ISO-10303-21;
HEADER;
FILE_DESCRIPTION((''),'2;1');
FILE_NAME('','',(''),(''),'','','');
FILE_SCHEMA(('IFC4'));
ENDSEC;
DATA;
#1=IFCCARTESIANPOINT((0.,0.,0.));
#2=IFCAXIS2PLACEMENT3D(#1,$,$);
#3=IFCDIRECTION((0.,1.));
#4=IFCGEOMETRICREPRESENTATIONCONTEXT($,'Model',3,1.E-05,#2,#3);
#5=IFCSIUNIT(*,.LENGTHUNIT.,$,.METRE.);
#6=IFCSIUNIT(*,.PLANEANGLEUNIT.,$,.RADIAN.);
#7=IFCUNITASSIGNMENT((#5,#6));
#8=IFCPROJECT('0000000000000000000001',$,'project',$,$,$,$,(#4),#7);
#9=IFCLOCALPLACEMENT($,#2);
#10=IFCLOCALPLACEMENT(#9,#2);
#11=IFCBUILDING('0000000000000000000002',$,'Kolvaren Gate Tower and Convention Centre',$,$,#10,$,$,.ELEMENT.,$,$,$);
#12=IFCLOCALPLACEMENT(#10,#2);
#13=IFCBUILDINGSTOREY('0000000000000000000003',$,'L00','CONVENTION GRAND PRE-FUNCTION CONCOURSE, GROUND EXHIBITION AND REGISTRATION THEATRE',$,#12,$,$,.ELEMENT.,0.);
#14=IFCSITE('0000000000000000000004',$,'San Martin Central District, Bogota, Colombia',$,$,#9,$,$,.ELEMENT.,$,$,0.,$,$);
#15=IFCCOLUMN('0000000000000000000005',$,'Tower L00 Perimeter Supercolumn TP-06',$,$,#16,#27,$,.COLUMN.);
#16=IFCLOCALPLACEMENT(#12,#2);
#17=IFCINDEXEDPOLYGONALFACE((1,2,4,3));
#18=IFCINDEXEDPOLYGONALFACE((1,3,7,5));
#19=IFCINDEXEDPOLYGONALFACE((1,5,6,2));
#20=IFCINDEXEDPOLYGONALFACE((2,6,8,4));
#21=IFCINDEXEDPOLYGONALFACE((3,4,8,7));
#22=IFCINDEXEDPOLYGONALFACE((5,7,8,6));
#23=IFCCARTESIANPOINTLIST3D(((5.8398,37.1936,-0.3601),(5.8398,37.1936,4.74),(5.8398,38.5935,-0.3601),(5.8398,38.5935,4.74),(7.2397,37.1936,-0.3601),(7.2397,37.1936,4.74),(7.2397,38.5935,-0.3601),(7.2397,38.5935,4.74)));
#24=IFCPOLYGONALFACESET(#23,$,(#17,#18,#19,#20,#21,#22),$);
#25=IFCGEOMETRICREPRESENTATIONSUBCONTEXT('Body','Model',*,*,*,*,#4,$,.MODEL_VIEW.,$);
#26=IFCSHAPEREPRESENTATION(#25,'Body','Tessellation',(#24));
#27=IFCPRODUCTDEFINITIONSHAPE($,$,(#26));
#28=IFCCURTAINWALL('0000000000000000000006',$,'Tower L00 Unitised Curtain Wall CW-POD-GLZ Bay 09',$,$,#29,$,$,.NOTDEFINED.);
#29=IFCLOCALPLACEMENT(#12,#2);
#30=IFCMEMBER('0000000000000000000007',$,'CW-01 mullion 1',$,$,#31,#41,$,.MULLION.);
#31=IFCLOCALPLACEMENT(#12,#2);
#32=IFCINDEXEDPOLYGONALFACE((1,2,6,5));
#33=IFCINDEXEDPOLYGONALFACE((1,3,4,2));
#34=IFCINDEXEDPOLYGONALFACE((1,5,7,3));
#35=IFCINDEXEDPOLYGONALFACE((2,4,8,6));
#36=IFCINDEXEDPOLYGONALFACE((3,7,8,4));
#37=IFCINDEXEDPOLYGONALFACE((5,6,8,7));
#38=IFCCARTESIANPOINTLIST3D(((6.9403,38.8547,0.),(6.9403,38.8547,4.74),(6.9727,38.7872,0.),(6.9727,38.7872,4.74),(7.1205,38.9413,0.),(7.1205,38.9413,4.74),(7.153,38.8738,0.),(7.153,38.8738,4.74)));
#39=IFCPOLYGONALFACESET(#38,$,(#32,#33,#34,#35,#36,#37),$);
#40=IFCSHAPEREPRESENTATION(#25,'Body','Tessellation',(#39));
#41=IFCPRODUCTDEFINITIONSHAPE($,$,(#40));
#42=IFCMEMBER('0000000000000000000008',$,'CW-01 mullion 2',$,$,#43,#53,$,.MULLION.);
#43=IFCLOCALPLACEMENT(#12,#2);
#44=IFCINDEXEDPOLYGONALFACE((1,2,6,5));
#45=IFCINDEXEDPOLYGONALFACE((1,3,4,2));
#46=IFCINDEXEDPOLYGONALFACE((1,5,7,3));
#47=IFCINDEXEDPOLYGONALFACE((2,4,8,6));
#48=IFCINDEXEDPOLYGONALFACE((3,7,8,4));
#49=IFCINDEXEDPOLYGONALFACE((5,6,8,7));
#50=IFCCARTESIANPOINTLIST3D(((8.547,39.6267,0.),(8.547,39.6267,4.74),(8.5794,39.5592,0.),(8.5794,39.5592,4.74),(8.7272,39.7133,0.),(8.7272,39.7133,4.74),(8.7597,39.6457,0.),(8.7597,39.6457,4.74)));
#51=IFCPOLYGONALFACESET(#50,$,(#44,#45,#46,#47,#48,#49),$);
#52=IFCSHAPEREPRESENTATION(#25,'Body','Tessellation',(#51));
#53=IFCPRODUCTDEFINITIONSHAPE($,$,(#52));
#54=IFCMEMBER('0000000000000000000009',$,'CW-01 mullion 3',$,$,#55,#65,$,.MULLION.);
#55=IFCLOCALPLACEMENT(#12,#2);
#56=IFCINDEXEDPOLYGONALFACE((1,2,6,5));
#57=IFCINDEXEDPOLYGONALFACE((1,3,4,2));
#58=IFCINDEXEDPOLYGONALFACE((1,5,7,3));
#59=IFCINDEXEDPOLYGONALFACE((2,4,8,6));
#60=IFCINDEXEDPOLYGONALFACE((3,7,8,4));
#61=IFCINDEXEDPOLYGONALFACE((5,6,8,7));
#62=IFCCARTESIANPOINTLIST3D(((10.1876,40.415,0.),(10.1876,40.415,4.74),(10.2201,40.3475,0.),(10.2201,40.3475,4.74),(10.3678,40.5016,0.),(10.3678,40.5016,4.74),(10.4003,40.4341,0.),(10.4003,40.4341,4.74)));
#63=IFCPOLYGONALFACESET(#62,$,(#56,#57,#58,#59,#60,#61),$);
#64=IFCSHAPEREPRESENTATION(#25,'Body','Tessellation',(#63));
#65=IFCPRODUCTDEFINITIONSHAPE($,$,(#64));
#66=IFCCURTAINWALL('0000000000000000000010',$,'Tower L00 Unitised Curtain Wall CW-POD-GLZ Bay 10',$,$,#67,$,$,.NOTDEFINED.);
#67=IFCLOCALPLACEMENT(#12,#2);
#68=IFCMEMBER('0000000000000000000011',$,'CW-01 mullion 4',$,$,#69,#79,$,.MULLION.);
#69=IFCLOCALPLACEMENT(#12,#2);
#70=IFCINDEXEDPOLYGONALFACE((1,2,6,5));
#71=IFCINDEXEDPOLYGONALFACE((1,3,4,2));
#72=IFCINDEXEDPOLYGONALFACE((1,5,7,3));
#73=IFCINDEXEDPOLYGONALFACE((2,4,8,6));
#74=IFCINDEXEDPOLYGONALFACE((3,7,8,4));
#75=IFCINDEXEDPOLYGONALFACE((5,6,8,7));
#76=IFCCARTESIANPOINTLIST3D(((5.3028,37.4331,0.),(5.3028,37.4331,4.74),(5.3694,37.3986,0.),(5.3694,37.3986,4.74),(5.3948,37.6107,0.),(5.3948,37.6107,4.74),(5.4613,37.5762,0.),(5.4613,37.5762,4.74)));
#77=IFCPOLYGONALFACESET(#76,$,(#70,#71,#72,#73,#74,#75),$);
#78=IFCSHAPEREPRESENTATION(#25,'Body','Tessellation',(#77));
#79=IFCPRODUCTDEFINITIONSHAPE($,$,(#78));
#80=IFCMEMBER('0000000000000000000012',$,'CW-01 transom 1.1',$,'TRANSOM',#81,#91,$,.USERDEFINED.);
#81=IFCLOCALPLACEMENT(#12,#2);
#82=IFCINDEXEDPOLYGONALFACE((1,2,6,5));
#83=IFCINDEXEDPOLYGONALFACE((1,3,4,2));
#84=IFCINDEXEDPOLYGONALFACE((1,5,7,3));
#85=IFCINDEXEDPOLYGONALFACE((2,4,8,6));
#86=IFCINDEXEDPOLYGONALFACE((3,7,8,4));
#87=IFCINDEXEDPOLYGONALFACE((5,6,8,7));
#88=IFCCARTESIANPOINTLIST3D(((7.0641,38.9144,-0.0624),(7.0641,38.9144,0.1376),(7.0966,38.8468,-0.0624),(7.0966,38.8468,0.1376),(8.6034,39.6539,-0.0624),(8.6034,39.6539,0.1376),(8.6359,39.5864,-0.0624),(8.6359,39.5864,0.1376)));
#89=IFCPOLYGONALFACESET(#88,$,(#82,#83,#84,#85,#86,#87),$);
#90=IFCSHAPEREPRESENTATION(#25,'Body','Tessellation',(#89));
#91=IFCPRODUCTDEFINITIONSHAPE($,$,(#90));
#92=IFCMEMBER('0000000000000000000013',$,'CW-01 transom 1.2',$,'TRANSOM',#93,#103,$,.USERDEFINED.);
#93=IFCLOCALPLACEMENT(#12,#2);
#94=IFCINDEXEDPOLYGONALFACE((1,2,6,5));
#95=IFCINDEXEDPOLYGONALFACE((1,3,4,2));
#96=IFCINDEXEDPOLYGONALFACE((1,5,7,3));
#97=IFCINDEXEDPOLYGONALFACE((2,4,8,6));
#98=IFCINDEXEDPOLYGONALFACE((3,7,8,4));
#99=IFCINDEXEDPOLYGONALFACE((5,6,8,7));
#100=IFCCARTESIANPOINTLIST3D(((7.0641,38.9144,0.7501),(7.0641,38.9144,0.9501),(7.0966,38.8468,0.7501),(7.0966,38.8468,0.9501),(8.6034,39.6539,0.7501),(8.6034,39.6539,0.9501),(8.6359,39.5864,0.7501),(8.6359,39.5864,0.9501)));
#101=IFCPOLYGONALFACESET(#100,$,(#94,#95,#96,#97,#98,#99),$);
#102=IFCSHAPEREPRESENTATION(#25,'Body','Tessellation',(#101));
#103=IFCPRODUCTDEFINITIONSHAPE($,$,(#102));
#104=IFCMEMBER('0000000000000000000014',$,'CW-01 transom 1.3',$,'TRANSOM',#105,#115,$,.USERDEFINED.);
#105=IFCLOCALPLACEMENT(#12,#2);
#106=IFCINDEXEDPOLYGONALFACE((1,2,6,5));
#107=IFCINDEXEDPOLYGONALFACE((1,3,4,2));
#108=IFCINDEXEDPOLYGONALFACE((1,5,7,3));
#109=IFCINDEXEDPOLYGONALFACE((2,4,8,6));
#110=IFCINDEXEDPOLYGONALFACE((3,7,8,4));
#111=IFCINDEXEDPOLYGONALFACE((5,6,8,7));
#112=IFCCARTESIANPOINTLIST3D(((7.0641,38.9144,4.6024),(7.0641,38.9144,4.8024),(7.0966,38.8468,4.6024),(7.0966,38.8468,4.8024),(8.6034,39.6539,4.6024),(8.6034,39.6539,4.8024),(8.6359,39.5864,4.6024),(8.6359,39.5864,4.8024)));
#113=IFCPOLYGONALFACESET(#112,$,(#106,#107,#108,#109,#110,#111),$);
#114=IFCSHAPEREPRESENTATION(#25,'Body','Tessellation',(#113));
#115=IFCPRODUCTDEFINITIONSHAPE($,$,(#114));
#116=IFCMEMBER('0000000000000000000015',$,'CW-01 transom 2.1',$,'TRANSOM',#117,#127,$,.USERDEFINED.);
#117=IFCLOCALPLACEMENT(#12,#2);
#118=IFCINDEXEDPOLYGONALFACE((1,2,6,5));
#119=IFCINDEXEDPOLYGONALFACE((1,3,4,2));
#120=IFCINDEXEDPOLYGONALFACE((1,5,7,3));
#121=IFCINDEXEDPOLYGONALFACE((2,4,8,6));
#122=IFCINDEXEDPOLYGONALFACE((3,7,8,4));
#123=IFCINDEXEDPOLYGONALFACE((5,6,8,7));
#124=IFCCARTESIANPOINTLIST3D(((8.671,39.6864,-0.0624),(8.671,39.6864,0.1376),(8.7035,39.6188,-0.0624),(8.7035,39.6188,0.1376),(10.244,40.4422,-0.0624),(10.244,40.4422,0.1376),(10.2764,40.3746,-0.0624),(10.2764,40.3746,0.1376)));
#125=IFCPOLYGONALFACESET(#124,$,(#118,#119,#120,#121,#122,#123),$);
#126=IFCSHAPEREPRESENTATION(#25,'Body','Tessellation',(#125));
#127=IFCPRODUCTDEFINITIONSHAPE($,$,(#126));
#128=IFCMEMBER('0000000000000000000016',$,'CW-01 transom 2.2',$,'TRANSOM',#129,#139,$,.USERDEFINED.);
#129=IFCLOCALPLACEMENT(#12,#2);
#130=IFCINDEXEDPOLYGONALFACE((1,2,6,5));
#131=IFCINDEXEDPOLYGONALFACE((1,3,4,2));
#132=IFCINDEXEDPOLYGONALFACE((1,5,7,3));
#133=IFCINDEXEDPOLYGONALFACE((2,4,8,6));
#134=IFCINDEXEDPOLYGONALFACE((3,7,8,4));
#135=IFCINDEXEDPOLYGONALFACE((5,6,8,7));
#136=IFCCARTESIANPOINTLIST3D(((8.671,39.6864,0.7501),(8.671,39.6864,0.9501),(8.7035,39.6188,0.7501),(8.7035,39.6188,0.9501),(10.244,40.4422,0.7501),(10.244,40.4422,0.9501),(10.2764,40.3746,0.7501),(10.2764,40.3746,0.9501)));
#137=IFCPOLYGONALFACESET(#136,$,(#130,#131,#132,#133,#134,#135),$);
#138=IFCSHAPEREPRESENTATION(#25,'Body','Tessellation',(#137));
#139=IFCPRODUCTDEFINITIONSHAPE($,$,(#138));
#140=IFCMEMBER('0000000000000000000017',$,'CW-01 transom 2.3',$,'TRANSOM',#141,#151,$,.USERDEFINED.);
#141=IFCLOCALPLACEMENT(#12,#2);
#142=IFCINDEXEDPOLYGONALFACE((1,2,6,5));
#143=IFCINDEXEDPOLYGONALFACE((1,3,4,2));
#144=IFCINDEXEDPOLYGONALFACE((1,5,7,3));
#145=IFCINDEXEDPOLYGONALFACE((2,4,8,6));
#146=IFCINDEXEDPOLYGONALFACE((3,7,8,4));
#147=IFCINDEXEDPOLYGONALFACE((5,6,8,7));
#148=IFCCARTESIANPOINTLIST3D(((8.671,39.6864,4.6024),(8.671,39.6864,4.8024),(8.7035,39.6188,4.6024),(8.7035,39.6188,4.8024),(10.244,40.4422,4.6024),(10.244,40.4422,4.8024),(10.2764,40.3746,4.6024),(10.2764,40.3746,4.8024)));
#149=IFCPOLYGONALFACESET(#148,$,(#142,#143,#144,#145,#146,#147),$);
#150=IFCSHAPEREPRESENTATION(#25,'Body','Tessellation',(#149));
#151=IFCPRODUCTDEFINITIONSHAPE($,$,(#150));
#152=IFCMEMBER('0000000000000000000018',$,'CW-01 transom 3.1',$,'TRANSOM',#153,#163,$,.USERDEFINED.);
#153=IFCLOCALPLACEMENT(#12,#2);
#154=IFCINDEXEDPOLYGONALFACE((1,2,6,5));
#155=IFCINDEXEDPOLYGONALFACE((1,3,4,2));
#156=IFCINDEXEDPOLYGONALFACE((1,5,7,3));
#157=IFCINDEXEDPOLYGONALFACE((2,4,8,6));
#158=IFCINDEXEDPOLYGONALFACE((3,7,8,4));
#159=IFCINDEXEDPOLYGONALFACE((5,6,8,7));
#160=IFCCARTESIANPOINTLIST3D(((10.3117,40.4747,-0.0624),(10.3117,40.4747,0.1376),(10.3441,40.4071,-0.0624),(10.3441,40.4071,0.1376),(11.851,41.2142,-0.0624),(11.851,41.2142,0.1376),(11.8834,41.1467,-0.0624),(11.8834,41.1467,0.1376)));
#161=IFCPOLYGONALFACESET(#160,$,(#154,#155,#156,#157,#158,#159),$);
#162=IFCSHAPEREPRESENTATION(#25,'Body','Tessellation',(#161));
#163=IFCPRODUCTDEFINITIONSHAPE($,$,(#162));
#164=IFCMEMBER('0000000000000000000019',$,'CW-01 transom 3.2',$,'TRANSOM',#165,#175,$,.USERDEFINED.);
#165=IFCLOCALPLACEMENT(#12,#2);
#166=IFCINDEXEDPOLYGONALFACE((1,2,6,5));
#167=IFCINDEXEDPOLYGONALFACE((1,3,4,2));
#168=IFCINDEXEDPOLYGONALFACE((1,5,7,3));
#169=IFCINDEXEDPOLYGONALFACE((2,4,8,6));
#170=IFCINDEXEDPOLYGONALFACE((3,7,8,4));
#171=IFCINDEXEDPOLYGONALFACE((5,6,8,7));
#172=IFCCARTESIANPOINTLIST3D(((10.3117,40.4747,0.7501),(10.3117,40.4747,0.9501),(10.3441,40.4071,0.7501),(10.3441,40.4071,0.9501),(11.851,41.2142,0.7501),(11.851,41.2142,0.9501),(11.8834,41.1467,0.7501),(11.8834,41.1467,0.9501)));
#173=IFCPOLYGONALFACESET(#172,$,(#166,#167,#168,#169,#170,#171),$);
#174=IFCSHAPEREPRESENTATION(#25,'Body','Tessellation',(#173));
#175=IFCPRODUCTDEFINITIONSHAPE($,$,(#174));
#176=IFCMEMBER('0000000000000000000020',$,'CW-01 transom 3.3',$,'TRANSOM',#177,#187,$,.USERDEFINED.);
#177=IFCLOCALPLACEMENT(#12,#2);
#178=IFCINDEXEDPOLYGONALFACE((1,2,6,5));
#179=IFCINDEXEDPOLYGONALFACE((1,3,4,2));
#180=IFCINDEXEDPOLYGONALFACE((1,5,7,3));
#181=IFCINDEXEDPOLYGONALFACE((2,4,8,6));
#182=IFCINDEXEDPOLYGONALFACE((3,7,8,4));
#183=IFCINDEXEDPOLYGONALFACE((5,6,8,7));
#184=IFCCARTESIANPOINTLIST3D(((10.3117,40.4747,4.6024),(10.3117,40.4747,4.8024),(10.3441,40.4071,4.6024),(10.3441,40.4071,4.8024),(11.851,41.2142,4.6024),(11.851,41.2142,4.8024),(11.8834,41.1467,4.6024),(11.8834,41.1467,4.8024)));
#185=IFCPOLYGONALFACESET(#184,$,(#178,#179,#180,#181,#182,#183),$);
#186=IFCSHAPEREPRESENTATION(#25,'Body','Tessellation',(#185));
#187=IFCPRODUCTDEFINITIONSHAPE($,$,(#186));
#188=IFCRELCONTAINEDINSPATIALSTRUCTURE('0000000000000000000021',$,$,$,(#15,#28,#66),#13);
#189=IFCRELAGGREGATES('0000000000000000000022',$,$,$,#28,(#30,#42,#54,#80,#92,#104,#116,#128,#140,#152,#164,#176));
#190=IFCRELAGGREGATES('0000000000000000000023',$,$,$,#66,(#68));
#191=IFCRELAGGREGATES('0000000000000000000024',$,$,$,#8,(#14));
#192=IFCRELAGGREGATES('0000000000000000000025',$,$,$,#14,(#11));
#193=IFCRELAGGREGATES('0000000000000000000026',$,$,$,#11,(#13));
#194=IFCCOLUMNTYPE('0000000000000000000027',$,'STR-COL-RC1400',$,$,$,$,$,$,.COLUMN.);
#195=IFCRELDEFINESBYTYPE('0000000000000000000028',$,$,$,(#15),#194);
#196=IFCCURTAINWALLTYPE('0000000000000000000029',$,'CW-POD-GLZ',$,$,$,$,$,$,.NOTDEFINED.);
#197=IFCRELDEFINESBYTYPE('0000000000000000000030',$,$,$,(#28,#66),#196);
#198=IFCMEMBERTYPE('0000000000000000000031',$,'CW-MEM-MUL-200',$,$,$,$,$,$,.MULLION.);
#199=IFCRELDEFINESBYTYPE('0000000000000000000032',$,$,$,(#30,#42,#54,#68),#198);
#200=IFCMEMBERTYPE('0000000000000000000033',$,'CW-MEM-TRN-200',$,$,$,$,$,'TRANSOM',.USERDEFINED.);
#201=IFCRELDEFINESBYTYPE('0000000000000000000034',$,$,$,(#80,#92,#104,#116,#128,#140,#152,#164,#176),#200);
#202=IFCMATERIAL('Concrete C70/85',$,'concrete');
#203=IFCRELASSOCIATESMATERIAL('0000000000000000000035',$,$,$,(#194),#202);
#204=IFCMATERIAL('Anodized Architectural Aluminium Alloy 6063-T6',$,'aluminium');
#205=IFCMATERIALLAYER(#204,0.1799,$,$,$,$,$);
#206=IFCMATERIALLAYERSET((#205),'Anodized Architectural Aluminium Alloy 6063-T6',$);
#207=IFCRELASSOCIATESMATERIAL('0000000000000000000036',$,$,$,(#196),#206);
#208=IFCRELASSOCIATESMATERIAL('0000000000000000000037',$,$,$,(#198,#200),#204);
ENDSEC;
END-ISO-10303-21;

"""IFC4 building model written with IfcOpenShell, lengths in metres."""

from ifc_helpers import new_model, si_unit, direction, frame, origin, origin_2d, place, context, subcontext, project, spatial, rectangle, extrude, material, layer, layer_set, material_profile, profile_set, type_object, element, aggregate, save


model = new_model("IFC4")

# Units and contexts
model_context = context("Model", 3, precision=1e-05, world=origin(), true_north=direction((0.0, 1.0)))
body_context = subcontext(model_context, "Body", "Model", "MODEL_VIEW")
ifc_project = project(units=[si_unit("LENGTHUNIT", "METRE"), si_unit("PLANEANGLEUNIT", "RADIAN")], contexts=[model_context])

# Site, building, storey
site_placement = place(None, origin())
site = spatial("IfcSite", under=ifc_project, at=site_placement, Name="San Martin Central District, Bogota, Colombia", CompositionType="ELEMENT", RefElevation=0.0)
building_placement = place(site_placement, origin())
building = spatial("IfcBuilding", under=site, at=building_placement, Name="Kolvaren Gate Tower and Convention Centre", CompositionType="ELEMENT")
storey_placement = place(building_placement, origin())
storey = spatial("IfcBuildingStorey", under=building, at=storey_placement, Name="L00", Description="CONVENTION GRAND PRE-FUNCTION CONCOURSE, GROUND EXHIBITION AND REGISTRATION THEATRE", CompositionType="ELEMENT", Elevation=0.0)

# Column
ifc_material_1 = material(Name="Concrete C70/85", Category="concrete")
ifc_material_profile_1 = material_profile(ifc_material_1, rectangle(XDim=1.3999, YDim=1.3999, at=origin_2d()), Name="RC-COL-1400X1400")
ifc_profile_set_1 = profile_set([ifc_material_profile_1], Name="Concrete C70/85")
column_type = type_object("IfcColumnType", Name="STR-COL-RC1400", PredefinedType="COLUMN", material=ifc_profile_set_1)
column_placement = place(storey_placement, frame((6.5398, 37.8936, -0.3601), z_axis=(0.0, 0.0, 1.0), x_axis=(1.0, 0.0, 0.0)))
element("IfcColumn", 1, at=column_placement, inside=storey, type_object=column_type, Name="Tower L00 Perimeter Supercolumn TP-06", PredefinedType="COLUMN", context=body_context, shape_type="SweptSolid", body=[
    extrude(rectangle(XDim=1.3999, YDim=1.3999, at=origin_2d()), origin(), (0.0, 0.0, 1.0), 5.1001),
])

# Curtain wall, members
ifc_material_2 = material(Name="Anodized Architectural Aluminium Alloy 6063-T6", Category="aluminium")
ifc_layer_1 = layer(ifc_material_2, 0.1799)
ifc_layer_set_1 = layer_set([ifc_layer_1], Name="Anodized Architectural Aluminium Alloy 6063-T6")
curtain_wall_type = type_object("IfcCurtainWallType", Name="CW-POD-GLZ", PredefinedType="NOTDEFINED", material=ifc_layer_set_1)
curtain_wall_1_placement = place(storey_placement, origin())
curtain_wall_1 = element("IfcCurtainWall", 2, at=curtain_wall_1_placement, inside=storey, type_object=curtain_wall_type, Name="Tower L00 Unitised Curtain Wall CW-POD-GLZ Bay 09", PredefinedType="NOTDEFINED")
ifc_material_profile_2 = material_profile(ifc_material_2, rectangle(XDim=0.075, YDim=0.2, at=origin_2d()), Name="CW-MEM-MUL-200")
ifc_profile_set_2 = profile_set([ifc_material_profile_2], Name="Anodized Architectural Aluminium Alloy 6063-T6")
member_type_1 = type_object("IfcMemberType", Name="CW-MEM-MUL-200", PredefinedType="MULLION", material=ifc_profile_set_2)
member_1_placement = place(storey_placement, frame((7.0466, 38.8643, 0.0), z_axis=(0.0, 0.0, 1.0), x_axis=(-0.433057, 0.901367, 0.0)))
member_1 = element("IfcMember", 3, at=member_1_placement, type_object=member_type_1, Name="CW-01 mullion 1", PredefinedType="MULLION", context=body_context, shape_type="SweptSolid", body=[
    extrude(rectangle(XDim=0.075, YDim=0.2, at=origin_2d()), origin(), (0.0, 0.0, 1.0), 4.74),
])
member_2_placement = place(storey_placement, frame((8.6533, 39.6362, 0.0), z_axis=(0.0, 0.0, 1.0), x_axis=(-0.433057, 0.901367, 0.0)))
member_2 = element("IfcMember", 4, at=member_2_placement, type_object=member_type_1, Name="CW-01 mullion 2", PredefinedType="MULLION", context=body_context, shape_type="SweptSolid", body=[
    extrude(rectangle(XDim=0.075, YDim=0.2, at=origin_2d()), origin(), (0.0, 0.0, 1.0), 4.74),
])
member_3_placement = place(storey_placement, frame((10.2939, 40.4246, 0.0), z_axis=(0.0, 0.0, 1.0), x_axis=(-0.433057, 0.901367, 0.0)))
member_3 = element("IfcMember", 5, at=member_3_placement, type_object=member_type_1, Name="CW-01 mullion 3", PredefinedType="MULLION", context=body_context, shape_type="SweptSolid", body=[
    extrude(rectangle(XDim=0.075, YDim=0.2, at=origin_2d()), origin(), (0.0, 0.0, 1.0), 4.74),
])

# Curtain wall, member
curtain_wall_2_placement = place(storey_placement, origin())
curtain_wall_2 = element("IfcCurtainWall", 6, at=curtain_wall_2_placement, inside=storey, type_object=curtain_wall_type, Name="Tower L00 Unitised Curtain Wall CW-POD-GLZ Bay 10", PredefinedType="NOTDEFINED")
member_4_placement = place(storey_placement, frame((5.3821, 37.5046, 0.0), z_axis=(0.0, 0.0, 1.0), x_axis=(-0.888028, 0.459789, 0.0)))
member_4 = element("IfcMember", 7, at=member_4_placement, type_object=member_type_1, Name="CW-01 mullion 4", PredefinedType="MULLION", context=body_context, shape_type="SweptSolid", body=[
    extrude(rectangle(XDim=0.075, YDim=0.2, at=origin_2d()), origin(), (0.0, 0.0, 1.0), 4.74),
])

# Members
ifc_material_profile_3 = material_profile(ifc_material_2, rectangle(XDim=0.075, YDim=0.2, at=origin_2d()), Name="CW-MEM-TRN-200")
ifc_profile_set_3 = profile_set([ifc_material_profile_3], Name="Anodized Architectural Aluminium Alloy 6063-T6")
member_type_2 = type_object("IfcMemberType", Name="CW-MEM-TRN-200", ElementType="TRANSOM", PredefinedType="USERDEFINED", material=ifc_profile_set_3)
member_5_placement = place(storey_placement, frame((7.0803, 38.8806, 0.0376), z_axis=(0.901378, 0.433033, 0.0), x_axis=(-0.433033, 0.901378, 0.0)))
member_5 = element("IfcMember", 8, at=member_5_placement, type_object=member_type_2, Name="CW-01 transom 1.1", ObjectType="TRANSOM", PredefinedType="USERDEFINED", context=body_context, shape_type="SweptSolid", body=[
    extrude(rectangle(XDim=0.075, YDim=0.2, at=origin_2d()), origin(), (0.0, 0.0, 1.0), 1.7078),
])
member_6_placement = place(storey_placement, frame((7.0803, 38.8806, 0.8501), z_axis=(0.901378, 0.433033, 0.0), x_axis=(-0.433033, 0.901378, 0.0)))
member_6 = element("IfcMember", 9, at=member_6_placement, type_object=member_type_2, Name="CW-01 transom 1.2", ObjectType="TRANSOM", PredefinedType="USERDEFINED", context=body_context, shape_type="SweptSolid", body=[
    extrude(rectangle(XDim=0.075, YDim=0.2, at=origin_2d()), origin(), (0.0, 0.0, 1.0), 1.7078),
])
member_7_placement = place(storey_placement, frame((7.0803, 38.8806, 4.7024), z_axis=(0.901378, 0.433033, 0.0), x_axis=(-0.433033, 0.901378, 0.0)))
member_7 = element("IfcMember", 10, at=member_7_placement, type_object=member_type_2, Name="CW-01 transom 1.3", ObjectType="TRANSOM", PredefinedType="USERDEFINED", context=body_context, shape_type="SweptSolid", body=[
    extrude(rectangle(XDim=0.075, YDim=0.2, at=origin_2d()), origin(), (0.0, 0.0, 1.0), 1.7078),
])
member_8_placement = place(storey_placement, frame((8.6873, 39.6526, 0.0376), z_axis=(0.90134, 0.433113, 0.0), x_axis=(-0.433113, 0.90134, 0.0)))
member_8 = element("IfcMember", 11, at=member_8_placement, type_object=member_type_2, Name="CW-01 transom 2.1", ObjectType="TRANSOM", PredefinedType="USERDEFINED", context=body_context, shape_type="SweptSolid", body=[
    extrude(rectangle(XDim=0.075, YDim=0.2, at=origin_2d()), origin(), (0.0, 0.0, 1.0), 1.7451),
])
member_9_placement = place(storey_placement, frame((8.6873, 39.6526, 0.8501), z_axis=(0.90134, 0.433113, 0.0), x_axis=(-0.433113, 0.90134, 0.0)))
member_9 = element("IfcMember", 12, at=member_9_placement, type_object=member_type_2, Name="CW-01 transom 2.2", ObjectType="TRANSOM", PredefinedType="USERDEFINED", context=body_context, shape_type="SweptSolid", body=[
    extrude(rectangle(XDim=0.075, YDim=0.2, at=origin_2d()), origin(), (0.0, 0.0, 1.0), 1.7451),
])
member_10_placement = place(storey_placement, frame((8.6873, 39.6526, 4.7024), z_axis=(0.90134, 0.433113, 0.0), x_axis=(-0.433113, 0.90134, 0.0)))
member_10 = element("IfcMember", 13, at=member_10_placement, type_object=member_type_2, Name="CW-01 transom 2.3", ObjectType="TRANSOM", PredefinedType="USERDEFINED", context=body_context, shape_type="SweptSolid", body=[
    extrude(rectangle(XDim=0.075, YDim=0.2, at=origin_2d()), origin(), (0.0, 0.0, 1.0), 1.7451),
])
member_11_placement = place(storey_placement, frame((10.3279, 40.4409, 0.0376), z_axis=(0.901378, 0.433033, 0.0), x_axis=(-0.433033, 0.901378, 0.0)))
member_11 = element("IfcMember", 14, at=member_11_placement, type_object=member_type_2, Name="CW-01 transom 3.1", ObjectType="TRANSOM", PredefinedType="USERDEFINED", context=body_context, shape_type="SweptSolid", body=[
    extrude(rectangle(XDim=0.075, YDim=0.2, at=origin_2d()), origin(), (0.0, 0.0, 1.0), 1.7078),
])
member_12_placement = place(storey_placement, frame((10.3279, 40.4409, 0.8501), z_axis=(0.901378, 0.433033, 0.0), x_axis=(-0.433033, 0.901378, 0.0)))
member_12 = element("IfcMember", 15, at=member_12_placement, type_object=member_type_2, Name="CW-01 transom 3.2", ObjectType="TRANSOM", PredefinedType="USERDEFINED", context=body_context, shape_type="SweptSolid", body=[
    extrude(rectangle(XDim=0.075, YDim=0.2, at=origin_2d()), origin(), (0.0, 0.0, 1.0), 1.7078),
])
member_13_placement = place(storey_placement, frame((10.3279, 40.4409, 4.7024), z_axis=(0.901378, 0.433033, 0.0), x_axis=(-0.433033, 0.901378, 0.0)))
member_13 = element("IfcMember", 16, at=member_13_placement, type_object=member_type_2, Name="CW-01 transom 3.3", ObjectType="TRANSOM", PredefinedType="USERDEFINED", context=body_context, shape_type="SweptSolid", body=[
    extrude(rectangle(XDim=0.075, YDim=0.2, at=origin_2d()), origin(), (0.0, 0.0, 1.0), 1.7078),
])

aggregate(curtain_wall_1, [member_1, member_2, member_3, member_5, member_6, member_7, member_8, member_9, member_10, member_11, member_12, member_13])
aggregate(curtain_wall_2, [member_4])

save(model, "model.ifc")
